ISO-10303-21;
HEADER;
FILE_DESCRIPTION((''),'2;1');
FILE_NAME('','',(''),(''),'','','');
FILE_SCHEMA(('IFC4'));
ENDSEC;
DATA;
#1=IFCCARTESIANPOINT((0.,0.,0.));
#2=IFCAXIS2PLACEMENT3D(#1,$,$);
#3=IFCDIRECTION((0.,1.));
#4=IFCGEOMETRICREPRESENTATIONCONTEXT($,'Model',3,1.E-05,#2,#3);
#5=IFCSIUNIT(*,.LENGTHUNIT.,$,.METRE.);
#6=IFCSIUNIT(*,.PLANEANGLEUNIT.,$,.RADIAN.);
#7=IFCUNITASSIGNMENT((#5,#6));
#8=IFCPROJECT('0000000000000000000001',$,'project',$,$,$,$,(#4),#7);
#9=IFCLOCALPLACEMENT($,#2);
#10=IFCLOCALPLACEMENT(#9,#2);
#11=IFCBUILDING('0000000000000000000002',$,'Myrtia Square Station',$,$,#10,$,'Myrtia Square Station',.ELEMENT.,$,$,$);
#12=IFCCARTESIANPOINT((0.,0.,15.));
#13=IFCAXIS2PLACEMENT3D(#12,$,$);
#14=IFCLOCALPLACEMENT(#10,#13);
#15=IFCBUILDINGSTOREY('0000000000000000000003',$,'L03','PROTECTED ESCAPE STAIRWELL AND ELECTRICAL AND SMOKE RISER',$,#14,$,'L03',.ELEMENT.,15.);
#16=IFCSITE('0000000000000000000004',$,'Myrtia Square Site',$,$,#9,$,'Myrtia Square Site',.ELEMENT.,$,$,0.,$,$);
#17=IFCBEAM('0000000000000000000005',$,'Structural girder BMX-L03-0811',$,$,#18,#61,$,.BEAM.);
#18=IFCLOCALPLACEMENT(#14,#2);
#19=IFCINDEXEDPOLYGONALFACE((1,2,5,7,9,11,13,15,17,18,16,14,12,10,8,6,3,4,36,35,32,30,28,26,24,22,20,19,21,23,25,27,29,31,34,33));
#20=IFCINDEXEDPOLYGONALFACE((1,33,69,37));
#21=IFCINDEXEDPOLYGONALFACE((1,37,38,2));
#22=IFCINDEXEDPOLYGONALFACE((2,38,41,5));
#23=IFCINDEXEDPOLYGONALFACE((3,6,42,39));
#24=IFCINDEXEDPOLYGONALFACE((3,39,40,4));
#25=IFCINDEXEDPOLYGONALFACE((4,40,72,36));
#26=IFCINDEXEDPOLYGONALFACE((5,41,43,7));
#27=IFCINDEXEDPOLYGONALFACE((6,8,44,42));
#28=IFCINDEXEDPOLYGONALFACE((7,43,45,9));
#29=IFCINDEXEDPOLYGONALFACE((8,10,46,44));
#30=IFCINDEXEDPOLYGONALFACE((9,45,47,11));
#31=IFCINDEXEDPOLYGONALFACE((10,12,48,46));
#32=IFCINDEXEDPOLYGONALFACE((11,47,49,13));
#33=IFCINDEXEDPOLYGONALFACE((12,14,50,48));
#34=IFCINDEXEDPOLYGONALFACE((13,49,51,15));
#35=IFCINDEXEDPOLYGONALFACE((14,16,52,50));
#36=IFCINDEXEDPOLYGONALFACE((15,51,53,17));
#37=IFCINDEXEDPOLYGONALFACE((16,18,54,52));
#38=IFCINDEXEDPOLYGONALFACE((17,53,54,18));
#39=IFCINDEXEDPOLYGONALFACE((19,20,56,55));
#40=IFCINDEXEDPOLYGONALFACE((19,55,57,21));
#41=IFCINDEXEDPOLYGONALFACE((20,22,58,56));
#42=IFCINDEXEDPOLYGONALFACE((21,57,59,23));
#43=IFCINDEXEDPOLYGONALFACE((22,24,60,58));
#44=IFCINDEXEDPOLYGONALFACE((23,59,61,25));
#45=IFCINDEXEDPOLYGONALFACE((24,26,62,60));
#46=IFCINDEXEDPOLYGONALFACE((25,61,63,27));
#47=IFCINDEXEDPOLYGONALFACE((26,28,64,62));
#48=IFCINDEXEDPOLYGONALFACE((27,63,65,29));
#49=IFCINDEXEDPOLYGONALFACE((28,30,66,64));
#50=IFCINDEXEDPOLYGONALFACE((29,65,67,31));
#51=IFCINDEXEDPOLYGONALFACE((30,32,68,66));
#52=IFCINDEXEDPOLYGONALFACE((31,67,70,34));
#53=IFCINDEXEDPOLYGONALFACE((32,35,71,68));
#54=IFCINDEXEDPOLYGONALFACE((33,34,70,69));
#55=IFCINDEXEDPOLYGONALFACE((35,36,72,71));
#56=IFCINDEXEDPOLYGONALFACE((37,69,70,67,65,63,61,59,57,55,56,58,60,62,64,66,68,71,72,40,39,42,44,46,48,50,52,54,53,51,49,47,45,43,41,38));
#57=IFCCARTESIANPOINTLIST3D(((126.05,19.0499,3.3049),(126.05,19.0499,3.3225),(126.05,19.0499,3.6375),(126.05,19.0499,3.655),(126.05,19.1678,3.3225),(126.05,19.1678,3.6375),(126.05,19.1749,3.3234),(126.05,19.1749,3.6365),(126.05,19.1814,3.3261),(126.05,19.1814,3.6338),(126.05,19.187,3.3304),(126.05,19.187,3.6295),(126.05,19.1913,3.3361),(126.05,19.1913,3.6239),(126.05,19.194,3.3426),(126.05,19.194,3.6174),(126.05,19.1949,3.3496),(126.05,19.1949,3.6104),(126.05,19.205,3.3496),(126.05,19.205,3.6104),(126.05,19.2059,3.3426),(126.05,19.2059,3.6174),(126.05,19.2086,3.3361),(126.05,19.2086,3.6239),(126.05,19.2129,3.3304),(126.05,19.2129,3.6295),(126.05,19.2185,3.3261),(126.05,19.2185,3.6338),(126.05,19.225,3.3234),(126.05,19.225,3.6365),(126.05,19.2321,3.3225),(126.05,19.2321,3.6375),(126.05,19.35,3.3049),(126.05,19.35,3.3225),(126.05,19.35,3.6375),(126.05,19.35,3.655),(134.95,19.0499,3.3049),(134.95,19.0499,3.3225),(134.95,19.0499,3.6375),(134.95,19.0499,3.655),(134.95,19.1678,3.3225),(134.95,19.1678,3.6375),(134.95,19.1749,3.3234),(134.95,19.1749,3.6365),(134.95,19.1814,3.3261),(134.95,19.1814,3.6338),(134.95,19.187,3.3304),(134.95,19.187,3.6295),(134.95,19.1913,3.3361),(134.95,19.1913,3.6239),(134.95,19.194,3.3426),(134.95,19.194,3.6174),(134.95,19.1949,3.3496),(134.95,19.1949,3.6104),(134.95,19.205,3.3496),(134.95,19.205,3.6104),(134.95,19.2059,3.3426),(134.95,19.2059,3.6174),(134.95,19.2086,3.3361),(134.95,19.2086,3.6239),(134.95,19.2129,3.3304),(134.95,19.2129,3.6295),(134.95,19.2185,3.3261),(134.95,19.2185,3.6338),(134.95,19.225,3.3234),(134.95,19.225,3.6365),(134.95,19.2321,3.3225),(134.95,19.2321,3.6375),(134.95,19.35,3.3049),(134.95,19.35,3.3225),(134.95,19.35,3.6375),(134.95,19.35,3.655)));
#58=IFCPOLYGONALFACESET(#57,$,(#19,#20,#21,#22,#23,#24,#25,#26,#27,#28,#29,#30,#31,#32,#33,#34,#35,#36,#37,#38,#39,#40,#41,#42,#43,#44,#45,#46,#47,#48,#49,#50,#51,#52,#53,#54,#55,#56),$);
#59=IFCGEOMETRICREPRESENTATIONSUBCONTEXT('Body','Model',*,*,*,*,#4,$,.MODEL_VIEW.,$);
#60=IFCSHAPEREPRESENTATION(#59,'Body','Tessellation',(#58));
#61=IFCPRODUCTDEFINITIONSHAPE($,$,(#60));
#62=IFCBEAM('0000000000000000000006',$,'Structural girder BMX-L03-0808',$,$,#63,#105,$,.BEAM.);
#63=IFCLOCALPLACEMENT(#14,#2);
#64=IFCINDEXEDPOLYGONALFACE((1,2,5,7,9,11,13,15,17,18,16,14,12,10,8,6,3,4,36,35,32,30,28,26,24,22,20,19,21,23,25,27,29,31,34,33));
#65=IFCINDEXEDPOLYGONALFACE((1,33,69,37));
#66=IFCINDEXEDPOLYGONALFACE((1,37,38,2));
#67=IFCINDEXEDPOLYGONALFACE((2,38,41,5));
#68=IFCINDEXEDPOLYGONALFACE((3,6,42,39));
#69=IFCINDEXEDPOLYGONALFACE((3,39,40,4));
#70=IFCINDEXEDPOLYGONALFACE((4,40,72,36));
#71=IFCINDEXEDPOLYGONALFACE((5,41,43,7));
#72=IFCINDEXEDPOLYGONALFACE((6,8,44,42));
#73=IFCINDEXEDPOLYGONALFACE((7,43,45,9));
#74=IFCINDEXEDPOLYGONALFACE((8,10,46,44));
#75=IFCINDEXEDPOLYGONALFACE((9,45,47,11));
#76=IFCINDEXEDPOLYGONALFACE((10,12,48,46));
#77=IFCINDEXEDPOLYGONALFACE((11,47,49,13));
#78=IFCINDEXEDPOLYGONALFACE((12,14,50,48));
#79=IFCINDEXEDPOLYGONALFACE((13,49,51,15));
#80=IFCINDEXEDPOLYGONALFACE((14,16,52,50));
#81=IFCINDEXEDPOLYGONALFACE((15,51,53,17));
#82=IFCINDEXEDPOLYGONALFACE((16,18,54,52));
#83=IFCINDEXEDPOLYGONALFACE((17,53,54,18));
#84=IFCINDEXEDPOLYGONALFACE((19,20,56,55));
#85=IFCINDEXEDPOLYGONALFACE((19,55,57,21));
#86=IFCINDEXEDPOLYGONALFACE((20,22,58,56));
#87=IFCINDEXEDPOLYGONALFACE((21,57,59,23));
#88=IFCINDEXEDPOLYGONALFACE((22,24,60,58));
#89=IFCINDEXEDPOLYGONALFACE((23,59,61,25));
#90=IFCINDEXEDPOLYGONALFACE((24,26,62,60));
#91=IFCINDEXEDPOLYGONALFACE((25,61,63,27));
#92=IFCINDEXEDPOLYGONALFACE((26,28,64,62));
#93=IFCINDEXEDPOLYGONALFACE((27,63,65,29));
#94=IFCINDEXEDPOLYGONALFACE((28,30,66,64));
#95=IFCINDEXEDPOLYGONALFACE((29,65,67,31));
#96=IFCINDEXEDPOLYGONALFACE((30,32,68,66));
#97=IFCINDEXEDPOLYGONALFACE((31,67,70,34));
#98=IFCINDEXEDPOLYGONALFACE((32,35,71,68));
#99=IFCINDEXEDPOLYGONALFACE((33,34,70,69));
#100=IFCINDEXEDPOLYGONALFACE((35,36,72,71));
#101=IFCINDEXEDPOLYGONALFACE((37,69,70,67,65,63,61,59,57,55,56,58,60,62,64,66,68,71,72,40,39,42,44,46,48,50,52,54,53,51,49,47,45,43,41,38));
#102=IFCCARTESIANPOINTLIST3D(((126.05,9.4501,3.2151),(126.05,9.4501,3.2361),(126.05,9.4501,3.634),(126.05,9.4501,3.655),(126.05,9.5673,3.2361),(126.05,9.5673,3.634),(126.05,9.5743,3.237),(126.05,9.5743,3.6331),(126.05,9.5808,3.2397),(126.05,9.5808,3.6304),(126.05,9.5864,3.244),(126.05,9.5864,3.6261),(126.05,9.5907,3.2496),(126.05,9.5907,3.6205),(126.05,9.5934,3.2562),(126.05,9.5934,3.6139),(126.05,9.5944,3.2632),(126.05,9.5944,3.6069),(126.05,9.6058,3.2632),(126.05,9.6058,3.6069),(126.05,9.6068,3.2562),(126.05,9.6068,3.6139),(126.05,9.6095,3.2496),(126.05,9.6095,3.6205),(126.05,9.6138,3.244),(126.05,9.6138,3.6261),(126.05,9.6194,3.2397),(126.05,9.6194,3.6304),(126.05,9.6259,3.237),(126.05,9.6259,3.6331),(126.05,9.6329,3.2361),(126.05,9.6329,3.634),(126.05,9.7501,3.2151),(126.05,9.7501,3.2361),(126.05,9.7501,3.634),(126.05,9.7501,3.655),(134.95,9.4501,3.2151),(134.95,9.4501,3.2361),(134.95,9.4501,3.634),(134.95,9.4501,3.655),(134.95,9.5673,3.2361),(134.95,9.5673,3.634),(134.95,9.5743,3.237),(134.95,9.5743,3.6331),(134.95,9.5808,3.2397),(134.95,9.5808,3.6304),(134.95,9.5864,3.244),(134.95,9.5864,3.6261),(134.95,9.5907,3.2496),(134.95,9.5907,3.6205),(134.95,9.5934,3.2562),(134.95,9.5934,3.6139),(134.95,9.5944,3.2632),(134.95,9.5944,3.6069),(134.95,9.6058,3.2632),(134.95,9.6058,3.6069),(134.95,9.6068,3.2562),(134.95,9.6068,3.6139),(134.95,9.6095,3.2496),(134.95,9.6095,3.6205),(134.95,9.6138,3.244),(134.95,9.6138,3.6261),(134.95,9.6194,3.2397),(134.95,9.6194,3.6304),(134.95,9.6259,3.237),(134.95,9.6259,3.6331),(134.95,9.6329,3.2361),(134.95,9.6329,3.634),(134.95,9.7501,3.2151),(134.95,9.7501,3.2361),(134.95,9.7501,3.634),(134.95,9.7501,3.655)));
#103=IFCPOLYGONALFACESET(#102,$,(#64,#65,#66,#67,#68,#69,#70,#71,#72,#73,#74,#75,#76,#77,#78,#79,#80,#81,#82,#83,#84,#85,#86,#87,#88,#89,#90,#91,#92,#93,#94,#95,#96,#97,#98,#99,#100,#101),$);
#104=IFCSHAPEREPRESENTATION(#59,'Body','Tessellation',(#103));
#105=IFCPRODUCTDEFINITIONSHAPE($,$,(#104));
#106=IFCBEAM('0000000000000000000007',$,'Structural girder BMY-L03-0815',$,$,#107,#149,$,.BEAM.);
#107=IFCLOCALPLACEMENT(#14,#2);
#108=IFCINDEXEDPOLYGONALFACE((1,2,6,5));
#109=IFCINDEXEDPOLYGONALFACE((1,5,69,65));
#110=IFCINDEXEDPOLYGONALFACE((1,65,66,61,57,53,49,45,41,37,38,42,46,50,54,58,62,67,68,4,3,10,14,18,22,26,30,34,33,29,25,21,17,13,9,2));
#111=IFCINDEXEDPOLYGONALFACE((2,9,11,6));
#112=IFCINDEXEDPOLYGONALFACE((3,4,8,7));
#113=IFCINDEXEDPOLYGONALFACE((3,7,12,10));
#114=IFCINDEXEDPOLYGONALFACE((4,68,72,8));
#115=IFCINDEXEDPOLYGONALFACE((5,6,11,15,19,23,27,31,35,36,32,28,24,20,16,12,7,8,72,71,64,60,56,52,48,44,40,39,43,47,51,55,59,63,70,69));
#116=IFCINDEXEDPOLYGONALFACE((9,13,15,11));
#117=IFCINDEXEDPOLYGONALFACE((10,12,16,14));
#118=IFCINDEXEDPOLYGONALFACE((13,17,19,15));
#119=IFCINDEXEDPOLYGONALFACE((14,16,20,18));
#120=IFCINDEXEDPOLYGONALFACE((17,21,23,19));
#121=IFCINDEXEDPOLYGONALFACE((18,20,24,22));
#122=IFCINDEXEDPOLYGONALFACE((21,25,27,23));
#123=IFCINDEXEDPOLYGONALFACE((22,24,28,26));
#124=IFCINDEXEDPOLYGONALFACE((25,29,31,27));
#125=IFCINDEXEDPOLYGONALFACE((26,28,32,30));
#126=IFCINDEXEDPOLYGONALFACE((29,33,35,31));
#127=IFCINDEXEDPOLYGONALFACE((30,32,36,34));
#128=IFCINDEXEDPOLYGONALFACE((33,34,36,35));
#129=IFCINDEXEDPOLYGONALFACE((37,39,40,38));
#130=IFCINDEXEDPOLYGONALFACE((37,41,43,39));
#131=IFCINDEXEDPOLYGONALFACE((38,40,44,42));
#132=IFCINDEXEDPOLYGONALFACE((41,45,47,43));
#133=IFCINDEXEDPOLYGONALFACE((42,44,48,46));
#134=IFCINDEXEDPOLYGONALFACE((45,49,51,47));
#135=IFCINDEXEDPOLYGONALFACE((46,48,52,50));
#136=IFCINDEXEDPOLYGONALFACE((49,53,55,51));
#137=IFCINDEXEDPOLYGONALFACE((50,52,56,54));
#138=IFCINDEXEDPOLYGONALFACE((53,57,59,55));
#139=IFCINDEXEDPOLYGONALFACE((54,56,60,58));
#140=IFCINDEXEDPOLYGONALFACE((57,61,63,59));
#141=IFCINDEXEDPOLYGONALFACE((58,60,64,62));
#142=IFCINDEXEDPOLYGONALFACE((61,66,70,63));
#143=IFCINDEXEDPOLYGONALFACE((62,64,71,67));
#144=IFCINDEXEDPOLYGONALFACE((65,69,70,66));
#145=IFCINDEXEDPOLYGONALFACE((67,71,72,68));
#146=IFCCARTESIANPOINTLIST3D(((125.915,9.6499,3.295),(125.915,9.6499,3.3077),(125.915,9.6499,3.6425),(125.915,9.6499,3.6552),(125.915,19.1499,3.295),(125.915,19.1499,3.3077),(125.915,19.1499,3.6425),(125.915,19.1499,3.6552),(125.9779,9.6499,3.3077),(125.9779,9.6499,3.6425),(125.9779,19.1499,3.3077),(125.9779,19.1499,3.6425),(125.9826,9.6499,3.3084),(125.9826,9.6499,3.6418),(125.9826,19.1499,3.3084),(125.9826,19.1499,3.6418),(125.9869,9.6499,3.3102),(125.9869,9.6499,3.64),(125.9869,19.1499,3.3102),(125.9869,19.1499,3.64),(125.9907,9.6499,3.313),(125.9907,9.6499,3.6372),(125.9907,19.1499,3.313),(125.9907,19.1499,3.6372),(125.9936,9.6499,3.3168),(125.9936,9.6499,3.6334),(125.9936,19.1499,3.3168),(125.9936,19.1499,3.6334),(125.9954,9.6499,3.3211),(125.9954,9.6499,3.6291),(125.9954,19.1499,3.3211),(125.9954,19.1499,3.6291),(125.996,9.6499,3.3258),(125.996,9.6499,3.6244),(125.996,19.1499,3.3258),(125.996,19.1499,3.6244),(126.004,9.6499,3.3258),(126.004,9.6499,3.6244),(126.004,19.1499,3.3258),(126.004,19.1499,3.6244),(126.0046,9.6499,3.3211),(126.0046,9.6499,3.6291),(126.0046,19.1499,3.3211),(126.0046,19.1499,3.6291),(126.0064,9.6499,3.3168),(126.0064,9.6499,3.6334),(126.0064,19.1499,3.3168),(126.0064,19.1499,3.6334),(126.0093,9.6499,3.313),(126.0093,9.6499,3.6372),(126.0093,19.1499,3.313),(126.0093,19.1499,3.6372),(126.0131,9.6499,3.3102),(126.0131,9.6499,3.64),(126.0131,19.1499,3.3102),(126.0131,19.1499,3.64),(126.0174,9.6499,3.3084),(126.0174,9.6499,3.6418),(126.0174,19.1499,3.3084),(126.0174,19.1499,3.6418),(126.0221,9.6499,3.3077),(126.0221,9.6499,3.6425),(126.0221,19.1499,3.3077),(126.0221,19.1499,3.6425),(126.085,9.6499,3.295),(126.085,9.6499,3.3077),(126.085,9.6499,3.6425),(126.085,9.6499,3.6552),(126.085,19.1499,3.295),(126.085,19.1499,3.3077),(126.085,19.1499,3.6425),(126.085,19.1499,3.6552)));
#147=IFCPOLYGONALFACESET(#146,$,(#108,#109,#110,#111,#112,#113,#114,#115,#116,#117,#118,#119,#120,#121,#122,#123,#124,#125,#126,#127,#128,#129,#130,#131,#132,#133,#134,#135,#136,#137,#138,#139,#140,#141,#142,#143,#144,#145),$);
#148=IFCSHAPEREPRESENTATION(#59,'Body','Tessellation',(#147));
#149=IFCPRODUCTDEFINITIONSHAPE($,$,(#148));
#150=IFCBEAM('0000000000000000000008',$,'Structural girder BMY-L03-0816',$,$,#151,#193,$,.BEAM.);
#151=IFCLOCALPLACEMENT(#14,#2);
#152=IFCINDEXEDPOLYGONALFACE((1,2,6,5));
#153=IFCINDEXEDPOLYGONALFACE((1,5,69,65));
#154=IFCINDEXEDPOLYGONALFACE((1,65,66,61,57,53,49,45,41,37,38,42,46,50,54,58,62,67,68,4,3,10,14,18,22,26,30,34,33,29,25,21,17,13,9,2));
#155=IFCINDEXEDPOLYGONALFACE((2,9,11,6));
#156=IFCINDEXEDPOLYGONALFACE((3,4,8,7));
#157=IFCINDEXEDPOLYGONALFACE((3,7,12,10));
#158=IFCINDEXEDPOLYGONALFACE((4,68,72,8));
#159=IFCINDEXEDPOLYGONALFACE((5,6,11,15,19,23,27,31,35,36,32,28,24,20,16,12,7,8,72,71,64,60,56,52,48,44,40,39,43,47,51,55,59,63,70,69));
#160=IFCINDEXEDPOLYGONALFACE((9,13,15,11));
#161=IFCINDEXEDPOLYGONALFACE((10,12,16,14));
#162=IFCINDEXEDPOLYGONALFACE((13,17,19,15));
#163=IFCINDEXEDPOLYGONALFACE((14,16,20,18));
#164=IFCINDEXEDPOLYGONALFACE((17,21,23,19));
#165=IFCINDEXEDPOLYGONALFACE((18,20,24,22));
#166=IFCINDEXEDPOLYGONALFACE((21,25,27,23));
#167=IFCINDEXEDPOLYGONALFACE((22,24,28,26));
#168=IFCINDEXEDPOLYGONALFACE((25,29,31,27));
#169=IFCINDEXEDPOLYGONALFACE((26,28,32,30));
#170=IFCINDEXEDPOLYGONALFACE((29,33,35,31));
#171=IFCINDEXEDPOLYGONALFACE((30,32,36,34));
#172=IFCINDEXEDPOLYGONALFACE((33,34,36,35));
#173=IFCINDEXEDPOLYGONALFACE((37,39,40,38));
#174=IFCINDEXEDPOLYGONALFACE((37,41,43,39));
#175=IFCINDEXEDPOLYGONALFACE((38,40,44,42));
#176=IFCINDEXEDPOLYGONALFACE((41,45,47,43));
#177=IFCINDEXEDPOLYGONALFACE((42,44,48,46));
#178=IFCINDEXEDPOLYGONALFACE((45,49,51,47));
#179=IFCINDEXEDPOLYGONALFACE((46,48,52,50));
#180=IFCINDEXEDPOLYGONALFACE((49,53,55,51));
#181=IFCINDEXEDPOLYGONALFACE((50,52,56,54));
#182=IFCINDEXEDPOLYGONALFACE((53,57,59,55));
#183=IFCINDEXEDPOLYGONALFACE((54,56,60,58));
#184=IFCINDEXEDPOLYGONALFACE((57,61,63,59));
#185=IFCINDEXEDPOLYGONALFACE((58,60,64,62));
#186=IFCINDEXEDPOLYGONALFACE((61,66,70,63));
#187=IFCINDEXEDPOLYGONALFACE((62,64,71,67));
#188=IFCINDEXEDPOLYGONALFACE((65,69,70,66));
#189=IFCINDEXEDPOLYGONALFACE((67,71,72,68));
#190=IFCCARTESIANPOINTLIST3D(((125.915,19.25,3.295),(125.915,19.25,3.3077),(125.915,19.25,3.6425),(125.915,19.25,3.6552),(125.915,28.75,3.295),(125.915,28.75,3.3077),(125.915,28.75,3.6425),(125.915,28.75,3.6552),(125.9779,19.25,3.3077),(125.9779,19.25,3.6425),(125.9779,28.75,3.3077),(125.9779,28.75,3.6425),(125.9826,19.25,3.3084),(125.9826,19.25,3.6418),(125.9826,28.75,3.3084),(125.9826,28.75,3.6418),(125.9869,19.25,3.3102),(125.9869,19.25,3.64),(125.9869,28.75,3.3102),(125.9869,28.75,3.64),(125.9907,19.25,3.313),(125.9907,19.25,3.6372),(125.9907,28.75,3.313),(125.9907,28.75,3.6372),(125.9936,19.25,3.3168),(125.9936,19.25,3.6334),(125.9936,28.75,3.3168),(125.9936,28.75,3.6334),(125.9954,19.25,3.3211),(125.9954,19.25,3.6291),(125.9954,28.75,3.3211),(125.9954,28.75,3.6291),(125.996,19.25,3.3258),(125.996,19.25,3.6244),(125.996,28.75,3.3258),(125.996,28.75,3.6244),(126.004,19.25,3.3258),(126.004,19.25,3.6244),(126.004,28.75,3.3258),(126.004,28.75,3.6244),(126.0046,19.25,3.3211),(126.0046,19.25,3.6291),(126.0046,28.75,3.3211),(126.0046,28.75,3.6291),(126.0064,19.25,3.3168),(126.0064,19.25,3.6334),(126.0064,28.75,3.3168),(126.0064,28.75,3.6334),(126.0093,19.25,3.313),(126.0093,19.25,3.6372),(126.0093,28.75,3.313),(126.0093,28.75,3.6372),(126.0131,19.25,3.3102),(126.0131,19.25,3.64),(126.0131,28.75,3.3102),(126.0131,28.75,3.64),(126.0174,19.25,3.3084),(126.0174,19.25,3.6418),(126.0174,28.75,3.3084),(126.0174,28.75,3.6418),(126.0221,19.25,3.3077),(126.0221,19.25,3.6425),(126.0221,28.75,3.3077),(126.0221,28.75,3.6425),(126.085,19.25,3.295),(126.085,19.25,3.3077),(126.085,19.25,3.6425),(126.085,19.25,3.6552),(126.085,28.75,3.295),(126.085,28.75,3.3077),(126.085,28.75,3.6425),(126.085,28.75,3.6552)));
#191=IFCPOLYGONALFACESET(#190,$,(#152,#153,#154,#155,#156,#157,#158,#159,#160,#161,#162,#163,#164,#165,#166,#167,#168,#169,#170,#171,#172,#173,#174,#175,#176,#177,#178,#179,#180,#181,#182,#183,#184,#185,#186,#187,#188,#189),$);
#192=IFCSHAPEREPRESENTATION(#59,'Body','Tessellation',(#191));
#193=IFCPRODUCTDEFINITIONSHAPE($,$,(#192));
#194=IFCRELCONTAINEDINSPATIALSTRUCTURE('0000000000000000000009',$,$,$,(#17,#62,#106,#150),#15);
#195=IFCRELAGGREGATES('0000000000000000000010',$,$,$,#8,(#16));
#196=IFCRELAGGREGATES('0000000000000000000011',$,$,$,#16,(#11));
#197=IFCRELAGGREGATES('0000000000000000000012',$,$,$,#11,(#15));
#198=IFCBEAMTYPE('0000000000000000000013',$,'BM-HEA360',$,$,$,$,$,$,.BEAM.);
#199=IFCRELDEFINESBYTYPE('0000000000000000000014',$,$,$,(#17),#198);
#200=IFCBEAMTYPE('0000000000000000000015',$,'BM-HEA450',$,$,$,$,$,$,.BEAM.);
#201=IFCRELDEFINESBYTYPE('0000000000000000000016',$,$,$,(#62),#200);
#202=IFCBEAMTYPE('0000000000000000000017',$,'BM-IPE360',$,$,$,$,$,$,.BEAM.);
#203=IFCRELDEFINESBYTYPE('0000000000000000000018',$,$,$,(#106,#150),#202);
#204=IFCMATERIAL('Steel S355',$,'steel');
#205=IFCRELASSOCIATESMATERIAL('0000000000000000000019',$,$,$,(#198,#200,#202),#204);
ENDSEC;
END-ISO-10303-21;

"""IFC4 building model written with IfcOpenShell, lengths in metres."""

from ifc_helpers import new_model, si_unit, direction, frame, origin, origin_2d, place, context, subcontext, project, spatial, i_section, extrude, material, material_profile, profile_set, type_object, element, save


model = new_model("IFC4")

# Units and contexts
model_context = context("Model", 3, precision=1e-05, world=origin(), true_north=direction((0.0, 1.0)))
body_context = subcontext(model_context, "Body", "Model", "MODEL_VIEW")
ifc_project = project(units=[si_unit("LENGTHUNIT", "METRE"), si_unit("PLANEANGLEUNIT", "RADIAN")], contexts=[model_context])

# Site, building, storey
site_placement = place(None, origin())
site = spatial("IfcSite", under=ifc_project, at=site_placement, Name="Myrtia Square Site", LongName="Myrtia Square Site", CompositionType="ELEMENT", RefElevation=0.0)
building_placement = place(site_placement, origin())
building = spatial("IfcBuilding", under=site, at=building_placement, Name="Myrtia Square Station", LongName="Myrtia Square Station", CompositionType="ELEMENT")
storey_placement = place(building_placement, frame((0.0, 0.0, 15.0)))
storey = spatial("IfcBuildingStorey", under=building, at=storey_placement, Name="L03", Description="PROTECTED ESCAPE STAIRWELL AND ELECTRICAL AND SMOKE RISER", LongName="L03", CompositionType="ELEMENT", Elevation=15.0)

# Shared definitions
ifc_material_1 = material(Name="Steel S355", Category="steel")

# Beams
ifc_material_profile_1 = material_profile(ifc_material_1, i_section(OverallWidth=0.3, OverallDepth=0.3501, WebThickness=0.01, FlangeThickness=0.0176, FilletRadius=0.0271, at=origin_2d()), Name="HEA 360")
ifc_profile_set_1 = profile_set([ifc_material_profile_1], Name="Steel S355")
beam_type_1 = type_object("IfcBeamType", Name="BM-HEA360", PredefinedType="BEAM", material=ifc_profile_set_1)
beam_1_placement = place(storey_placement, frame((126.05, 19.2, 3.48), z_axis=(1.0, 0.0, 0.0), x_axis=(0.0, 1.0, 0.0)))
element("IfcBeam", 1, at=beam_1_placement, inside=storey, type_object=beam_type_1, Name="Structural girder BMX-L03-0811", PredefinedType="BEAM", context=body_context, shape_type="SweptSolid", body=[
    extrude(i_section(OverallWidth=0.3, OverallDepth=0.3501, WebThickness=0.01, FlangeThickness=0.0176, FilletRadius=0.0271, at=origin_2d()), origin(), (0.0, 0.0, 1.0), 8.8999),
])
ifc_material_profile_2 = material_profile(ifc_material_1, i_section(OverallWidth=0.3, OverallDepth=0.4399, WebThickness=0.0115, FlangeThickness=0.021, FilletRadius=0.0271, at=origin_2d()), Name="HEA 450")
ifc_profile_set_2 = profile_set([ifc_material_profile_2], Name="Steel S355")
beam_type_2 = type_object("IfcBeamType", Name="BM-HEA450", PredefinedType="BEAM", material=ifc_profile_set_2)
beam_2_placement = place(storey_placement, frame((126.05, 9.6001, 3.4351), z_axis=(1.0, 0.0, 0.0), x_axis=(0.0, 1.0, 0.0)))
element("IfcBeam", 2, at=beam_2_placement, inside=storey, type_object=beam_type_2, Name="Structural girder BMX-L03-0808", PredefinedType="BEAM", context=body_context, shape_type="SweptSolid", body=[
    extrude(i_section(OverallWidth=0.3, OverallDepth=0.4399, WebThickness=0.0115, FlangeThickness=0.021, FilletRadius=0.0271, at=origin_2d()), origin(), (0.0, 0.0, 1.0), 8.8999),
])
ifc_material_profile_3 = material_profile(ifc_material_1, i_section(OverallWidth=0.1699, OverallDepth=0.3601, WebThickness=0.0081, FlangeThickness=0.0127, FilletRadius=0.0181, at=origin_2d()), Name="IPE 360")
ifc_profile_set_3 = profile_set([ifc_material_profile_3], Name="Steel S355")
beam_type_3 = type_object("IfcBeamType", Name="BM-IPE360", PredefinedType="BEAM", material=ifc_profile_set_3)
for number, where, z_axis, x_axis, name in (
    (3, (126.0, 9.6499, 3.4751), (0.0, 1.0, 0.0), (-1.0, 0.0, 0.0), "Structural girder BMY-L03-0815"),
    (4, (126.0, 19.25, 3.4751), (0.0, 1.0, 0.0), (-1.0, 0.0, 0.0), "Structural girder BMY-L03-0816"),
):
    element("IfcBeam", number, at=place(storey_placement, frame(where, z_axis=z_axis, x_axis=x_axis)), inside=storey, type_object=beam_type_3, Name=name, PredefinedType="BEAM", context=body_context, shape_type="SweptSolid", body=[
        extrude(i_section(OverallWidth=0.1699, OverallDepth=0.3601, WebThickness=0.0081, FlangeThickness=0.0127, FilletRadius=0.0181, at=origin_2d()), origin(), (0.0, 0.0, 1.0), 9.5),
    ])

save(model, "model.ifc")
